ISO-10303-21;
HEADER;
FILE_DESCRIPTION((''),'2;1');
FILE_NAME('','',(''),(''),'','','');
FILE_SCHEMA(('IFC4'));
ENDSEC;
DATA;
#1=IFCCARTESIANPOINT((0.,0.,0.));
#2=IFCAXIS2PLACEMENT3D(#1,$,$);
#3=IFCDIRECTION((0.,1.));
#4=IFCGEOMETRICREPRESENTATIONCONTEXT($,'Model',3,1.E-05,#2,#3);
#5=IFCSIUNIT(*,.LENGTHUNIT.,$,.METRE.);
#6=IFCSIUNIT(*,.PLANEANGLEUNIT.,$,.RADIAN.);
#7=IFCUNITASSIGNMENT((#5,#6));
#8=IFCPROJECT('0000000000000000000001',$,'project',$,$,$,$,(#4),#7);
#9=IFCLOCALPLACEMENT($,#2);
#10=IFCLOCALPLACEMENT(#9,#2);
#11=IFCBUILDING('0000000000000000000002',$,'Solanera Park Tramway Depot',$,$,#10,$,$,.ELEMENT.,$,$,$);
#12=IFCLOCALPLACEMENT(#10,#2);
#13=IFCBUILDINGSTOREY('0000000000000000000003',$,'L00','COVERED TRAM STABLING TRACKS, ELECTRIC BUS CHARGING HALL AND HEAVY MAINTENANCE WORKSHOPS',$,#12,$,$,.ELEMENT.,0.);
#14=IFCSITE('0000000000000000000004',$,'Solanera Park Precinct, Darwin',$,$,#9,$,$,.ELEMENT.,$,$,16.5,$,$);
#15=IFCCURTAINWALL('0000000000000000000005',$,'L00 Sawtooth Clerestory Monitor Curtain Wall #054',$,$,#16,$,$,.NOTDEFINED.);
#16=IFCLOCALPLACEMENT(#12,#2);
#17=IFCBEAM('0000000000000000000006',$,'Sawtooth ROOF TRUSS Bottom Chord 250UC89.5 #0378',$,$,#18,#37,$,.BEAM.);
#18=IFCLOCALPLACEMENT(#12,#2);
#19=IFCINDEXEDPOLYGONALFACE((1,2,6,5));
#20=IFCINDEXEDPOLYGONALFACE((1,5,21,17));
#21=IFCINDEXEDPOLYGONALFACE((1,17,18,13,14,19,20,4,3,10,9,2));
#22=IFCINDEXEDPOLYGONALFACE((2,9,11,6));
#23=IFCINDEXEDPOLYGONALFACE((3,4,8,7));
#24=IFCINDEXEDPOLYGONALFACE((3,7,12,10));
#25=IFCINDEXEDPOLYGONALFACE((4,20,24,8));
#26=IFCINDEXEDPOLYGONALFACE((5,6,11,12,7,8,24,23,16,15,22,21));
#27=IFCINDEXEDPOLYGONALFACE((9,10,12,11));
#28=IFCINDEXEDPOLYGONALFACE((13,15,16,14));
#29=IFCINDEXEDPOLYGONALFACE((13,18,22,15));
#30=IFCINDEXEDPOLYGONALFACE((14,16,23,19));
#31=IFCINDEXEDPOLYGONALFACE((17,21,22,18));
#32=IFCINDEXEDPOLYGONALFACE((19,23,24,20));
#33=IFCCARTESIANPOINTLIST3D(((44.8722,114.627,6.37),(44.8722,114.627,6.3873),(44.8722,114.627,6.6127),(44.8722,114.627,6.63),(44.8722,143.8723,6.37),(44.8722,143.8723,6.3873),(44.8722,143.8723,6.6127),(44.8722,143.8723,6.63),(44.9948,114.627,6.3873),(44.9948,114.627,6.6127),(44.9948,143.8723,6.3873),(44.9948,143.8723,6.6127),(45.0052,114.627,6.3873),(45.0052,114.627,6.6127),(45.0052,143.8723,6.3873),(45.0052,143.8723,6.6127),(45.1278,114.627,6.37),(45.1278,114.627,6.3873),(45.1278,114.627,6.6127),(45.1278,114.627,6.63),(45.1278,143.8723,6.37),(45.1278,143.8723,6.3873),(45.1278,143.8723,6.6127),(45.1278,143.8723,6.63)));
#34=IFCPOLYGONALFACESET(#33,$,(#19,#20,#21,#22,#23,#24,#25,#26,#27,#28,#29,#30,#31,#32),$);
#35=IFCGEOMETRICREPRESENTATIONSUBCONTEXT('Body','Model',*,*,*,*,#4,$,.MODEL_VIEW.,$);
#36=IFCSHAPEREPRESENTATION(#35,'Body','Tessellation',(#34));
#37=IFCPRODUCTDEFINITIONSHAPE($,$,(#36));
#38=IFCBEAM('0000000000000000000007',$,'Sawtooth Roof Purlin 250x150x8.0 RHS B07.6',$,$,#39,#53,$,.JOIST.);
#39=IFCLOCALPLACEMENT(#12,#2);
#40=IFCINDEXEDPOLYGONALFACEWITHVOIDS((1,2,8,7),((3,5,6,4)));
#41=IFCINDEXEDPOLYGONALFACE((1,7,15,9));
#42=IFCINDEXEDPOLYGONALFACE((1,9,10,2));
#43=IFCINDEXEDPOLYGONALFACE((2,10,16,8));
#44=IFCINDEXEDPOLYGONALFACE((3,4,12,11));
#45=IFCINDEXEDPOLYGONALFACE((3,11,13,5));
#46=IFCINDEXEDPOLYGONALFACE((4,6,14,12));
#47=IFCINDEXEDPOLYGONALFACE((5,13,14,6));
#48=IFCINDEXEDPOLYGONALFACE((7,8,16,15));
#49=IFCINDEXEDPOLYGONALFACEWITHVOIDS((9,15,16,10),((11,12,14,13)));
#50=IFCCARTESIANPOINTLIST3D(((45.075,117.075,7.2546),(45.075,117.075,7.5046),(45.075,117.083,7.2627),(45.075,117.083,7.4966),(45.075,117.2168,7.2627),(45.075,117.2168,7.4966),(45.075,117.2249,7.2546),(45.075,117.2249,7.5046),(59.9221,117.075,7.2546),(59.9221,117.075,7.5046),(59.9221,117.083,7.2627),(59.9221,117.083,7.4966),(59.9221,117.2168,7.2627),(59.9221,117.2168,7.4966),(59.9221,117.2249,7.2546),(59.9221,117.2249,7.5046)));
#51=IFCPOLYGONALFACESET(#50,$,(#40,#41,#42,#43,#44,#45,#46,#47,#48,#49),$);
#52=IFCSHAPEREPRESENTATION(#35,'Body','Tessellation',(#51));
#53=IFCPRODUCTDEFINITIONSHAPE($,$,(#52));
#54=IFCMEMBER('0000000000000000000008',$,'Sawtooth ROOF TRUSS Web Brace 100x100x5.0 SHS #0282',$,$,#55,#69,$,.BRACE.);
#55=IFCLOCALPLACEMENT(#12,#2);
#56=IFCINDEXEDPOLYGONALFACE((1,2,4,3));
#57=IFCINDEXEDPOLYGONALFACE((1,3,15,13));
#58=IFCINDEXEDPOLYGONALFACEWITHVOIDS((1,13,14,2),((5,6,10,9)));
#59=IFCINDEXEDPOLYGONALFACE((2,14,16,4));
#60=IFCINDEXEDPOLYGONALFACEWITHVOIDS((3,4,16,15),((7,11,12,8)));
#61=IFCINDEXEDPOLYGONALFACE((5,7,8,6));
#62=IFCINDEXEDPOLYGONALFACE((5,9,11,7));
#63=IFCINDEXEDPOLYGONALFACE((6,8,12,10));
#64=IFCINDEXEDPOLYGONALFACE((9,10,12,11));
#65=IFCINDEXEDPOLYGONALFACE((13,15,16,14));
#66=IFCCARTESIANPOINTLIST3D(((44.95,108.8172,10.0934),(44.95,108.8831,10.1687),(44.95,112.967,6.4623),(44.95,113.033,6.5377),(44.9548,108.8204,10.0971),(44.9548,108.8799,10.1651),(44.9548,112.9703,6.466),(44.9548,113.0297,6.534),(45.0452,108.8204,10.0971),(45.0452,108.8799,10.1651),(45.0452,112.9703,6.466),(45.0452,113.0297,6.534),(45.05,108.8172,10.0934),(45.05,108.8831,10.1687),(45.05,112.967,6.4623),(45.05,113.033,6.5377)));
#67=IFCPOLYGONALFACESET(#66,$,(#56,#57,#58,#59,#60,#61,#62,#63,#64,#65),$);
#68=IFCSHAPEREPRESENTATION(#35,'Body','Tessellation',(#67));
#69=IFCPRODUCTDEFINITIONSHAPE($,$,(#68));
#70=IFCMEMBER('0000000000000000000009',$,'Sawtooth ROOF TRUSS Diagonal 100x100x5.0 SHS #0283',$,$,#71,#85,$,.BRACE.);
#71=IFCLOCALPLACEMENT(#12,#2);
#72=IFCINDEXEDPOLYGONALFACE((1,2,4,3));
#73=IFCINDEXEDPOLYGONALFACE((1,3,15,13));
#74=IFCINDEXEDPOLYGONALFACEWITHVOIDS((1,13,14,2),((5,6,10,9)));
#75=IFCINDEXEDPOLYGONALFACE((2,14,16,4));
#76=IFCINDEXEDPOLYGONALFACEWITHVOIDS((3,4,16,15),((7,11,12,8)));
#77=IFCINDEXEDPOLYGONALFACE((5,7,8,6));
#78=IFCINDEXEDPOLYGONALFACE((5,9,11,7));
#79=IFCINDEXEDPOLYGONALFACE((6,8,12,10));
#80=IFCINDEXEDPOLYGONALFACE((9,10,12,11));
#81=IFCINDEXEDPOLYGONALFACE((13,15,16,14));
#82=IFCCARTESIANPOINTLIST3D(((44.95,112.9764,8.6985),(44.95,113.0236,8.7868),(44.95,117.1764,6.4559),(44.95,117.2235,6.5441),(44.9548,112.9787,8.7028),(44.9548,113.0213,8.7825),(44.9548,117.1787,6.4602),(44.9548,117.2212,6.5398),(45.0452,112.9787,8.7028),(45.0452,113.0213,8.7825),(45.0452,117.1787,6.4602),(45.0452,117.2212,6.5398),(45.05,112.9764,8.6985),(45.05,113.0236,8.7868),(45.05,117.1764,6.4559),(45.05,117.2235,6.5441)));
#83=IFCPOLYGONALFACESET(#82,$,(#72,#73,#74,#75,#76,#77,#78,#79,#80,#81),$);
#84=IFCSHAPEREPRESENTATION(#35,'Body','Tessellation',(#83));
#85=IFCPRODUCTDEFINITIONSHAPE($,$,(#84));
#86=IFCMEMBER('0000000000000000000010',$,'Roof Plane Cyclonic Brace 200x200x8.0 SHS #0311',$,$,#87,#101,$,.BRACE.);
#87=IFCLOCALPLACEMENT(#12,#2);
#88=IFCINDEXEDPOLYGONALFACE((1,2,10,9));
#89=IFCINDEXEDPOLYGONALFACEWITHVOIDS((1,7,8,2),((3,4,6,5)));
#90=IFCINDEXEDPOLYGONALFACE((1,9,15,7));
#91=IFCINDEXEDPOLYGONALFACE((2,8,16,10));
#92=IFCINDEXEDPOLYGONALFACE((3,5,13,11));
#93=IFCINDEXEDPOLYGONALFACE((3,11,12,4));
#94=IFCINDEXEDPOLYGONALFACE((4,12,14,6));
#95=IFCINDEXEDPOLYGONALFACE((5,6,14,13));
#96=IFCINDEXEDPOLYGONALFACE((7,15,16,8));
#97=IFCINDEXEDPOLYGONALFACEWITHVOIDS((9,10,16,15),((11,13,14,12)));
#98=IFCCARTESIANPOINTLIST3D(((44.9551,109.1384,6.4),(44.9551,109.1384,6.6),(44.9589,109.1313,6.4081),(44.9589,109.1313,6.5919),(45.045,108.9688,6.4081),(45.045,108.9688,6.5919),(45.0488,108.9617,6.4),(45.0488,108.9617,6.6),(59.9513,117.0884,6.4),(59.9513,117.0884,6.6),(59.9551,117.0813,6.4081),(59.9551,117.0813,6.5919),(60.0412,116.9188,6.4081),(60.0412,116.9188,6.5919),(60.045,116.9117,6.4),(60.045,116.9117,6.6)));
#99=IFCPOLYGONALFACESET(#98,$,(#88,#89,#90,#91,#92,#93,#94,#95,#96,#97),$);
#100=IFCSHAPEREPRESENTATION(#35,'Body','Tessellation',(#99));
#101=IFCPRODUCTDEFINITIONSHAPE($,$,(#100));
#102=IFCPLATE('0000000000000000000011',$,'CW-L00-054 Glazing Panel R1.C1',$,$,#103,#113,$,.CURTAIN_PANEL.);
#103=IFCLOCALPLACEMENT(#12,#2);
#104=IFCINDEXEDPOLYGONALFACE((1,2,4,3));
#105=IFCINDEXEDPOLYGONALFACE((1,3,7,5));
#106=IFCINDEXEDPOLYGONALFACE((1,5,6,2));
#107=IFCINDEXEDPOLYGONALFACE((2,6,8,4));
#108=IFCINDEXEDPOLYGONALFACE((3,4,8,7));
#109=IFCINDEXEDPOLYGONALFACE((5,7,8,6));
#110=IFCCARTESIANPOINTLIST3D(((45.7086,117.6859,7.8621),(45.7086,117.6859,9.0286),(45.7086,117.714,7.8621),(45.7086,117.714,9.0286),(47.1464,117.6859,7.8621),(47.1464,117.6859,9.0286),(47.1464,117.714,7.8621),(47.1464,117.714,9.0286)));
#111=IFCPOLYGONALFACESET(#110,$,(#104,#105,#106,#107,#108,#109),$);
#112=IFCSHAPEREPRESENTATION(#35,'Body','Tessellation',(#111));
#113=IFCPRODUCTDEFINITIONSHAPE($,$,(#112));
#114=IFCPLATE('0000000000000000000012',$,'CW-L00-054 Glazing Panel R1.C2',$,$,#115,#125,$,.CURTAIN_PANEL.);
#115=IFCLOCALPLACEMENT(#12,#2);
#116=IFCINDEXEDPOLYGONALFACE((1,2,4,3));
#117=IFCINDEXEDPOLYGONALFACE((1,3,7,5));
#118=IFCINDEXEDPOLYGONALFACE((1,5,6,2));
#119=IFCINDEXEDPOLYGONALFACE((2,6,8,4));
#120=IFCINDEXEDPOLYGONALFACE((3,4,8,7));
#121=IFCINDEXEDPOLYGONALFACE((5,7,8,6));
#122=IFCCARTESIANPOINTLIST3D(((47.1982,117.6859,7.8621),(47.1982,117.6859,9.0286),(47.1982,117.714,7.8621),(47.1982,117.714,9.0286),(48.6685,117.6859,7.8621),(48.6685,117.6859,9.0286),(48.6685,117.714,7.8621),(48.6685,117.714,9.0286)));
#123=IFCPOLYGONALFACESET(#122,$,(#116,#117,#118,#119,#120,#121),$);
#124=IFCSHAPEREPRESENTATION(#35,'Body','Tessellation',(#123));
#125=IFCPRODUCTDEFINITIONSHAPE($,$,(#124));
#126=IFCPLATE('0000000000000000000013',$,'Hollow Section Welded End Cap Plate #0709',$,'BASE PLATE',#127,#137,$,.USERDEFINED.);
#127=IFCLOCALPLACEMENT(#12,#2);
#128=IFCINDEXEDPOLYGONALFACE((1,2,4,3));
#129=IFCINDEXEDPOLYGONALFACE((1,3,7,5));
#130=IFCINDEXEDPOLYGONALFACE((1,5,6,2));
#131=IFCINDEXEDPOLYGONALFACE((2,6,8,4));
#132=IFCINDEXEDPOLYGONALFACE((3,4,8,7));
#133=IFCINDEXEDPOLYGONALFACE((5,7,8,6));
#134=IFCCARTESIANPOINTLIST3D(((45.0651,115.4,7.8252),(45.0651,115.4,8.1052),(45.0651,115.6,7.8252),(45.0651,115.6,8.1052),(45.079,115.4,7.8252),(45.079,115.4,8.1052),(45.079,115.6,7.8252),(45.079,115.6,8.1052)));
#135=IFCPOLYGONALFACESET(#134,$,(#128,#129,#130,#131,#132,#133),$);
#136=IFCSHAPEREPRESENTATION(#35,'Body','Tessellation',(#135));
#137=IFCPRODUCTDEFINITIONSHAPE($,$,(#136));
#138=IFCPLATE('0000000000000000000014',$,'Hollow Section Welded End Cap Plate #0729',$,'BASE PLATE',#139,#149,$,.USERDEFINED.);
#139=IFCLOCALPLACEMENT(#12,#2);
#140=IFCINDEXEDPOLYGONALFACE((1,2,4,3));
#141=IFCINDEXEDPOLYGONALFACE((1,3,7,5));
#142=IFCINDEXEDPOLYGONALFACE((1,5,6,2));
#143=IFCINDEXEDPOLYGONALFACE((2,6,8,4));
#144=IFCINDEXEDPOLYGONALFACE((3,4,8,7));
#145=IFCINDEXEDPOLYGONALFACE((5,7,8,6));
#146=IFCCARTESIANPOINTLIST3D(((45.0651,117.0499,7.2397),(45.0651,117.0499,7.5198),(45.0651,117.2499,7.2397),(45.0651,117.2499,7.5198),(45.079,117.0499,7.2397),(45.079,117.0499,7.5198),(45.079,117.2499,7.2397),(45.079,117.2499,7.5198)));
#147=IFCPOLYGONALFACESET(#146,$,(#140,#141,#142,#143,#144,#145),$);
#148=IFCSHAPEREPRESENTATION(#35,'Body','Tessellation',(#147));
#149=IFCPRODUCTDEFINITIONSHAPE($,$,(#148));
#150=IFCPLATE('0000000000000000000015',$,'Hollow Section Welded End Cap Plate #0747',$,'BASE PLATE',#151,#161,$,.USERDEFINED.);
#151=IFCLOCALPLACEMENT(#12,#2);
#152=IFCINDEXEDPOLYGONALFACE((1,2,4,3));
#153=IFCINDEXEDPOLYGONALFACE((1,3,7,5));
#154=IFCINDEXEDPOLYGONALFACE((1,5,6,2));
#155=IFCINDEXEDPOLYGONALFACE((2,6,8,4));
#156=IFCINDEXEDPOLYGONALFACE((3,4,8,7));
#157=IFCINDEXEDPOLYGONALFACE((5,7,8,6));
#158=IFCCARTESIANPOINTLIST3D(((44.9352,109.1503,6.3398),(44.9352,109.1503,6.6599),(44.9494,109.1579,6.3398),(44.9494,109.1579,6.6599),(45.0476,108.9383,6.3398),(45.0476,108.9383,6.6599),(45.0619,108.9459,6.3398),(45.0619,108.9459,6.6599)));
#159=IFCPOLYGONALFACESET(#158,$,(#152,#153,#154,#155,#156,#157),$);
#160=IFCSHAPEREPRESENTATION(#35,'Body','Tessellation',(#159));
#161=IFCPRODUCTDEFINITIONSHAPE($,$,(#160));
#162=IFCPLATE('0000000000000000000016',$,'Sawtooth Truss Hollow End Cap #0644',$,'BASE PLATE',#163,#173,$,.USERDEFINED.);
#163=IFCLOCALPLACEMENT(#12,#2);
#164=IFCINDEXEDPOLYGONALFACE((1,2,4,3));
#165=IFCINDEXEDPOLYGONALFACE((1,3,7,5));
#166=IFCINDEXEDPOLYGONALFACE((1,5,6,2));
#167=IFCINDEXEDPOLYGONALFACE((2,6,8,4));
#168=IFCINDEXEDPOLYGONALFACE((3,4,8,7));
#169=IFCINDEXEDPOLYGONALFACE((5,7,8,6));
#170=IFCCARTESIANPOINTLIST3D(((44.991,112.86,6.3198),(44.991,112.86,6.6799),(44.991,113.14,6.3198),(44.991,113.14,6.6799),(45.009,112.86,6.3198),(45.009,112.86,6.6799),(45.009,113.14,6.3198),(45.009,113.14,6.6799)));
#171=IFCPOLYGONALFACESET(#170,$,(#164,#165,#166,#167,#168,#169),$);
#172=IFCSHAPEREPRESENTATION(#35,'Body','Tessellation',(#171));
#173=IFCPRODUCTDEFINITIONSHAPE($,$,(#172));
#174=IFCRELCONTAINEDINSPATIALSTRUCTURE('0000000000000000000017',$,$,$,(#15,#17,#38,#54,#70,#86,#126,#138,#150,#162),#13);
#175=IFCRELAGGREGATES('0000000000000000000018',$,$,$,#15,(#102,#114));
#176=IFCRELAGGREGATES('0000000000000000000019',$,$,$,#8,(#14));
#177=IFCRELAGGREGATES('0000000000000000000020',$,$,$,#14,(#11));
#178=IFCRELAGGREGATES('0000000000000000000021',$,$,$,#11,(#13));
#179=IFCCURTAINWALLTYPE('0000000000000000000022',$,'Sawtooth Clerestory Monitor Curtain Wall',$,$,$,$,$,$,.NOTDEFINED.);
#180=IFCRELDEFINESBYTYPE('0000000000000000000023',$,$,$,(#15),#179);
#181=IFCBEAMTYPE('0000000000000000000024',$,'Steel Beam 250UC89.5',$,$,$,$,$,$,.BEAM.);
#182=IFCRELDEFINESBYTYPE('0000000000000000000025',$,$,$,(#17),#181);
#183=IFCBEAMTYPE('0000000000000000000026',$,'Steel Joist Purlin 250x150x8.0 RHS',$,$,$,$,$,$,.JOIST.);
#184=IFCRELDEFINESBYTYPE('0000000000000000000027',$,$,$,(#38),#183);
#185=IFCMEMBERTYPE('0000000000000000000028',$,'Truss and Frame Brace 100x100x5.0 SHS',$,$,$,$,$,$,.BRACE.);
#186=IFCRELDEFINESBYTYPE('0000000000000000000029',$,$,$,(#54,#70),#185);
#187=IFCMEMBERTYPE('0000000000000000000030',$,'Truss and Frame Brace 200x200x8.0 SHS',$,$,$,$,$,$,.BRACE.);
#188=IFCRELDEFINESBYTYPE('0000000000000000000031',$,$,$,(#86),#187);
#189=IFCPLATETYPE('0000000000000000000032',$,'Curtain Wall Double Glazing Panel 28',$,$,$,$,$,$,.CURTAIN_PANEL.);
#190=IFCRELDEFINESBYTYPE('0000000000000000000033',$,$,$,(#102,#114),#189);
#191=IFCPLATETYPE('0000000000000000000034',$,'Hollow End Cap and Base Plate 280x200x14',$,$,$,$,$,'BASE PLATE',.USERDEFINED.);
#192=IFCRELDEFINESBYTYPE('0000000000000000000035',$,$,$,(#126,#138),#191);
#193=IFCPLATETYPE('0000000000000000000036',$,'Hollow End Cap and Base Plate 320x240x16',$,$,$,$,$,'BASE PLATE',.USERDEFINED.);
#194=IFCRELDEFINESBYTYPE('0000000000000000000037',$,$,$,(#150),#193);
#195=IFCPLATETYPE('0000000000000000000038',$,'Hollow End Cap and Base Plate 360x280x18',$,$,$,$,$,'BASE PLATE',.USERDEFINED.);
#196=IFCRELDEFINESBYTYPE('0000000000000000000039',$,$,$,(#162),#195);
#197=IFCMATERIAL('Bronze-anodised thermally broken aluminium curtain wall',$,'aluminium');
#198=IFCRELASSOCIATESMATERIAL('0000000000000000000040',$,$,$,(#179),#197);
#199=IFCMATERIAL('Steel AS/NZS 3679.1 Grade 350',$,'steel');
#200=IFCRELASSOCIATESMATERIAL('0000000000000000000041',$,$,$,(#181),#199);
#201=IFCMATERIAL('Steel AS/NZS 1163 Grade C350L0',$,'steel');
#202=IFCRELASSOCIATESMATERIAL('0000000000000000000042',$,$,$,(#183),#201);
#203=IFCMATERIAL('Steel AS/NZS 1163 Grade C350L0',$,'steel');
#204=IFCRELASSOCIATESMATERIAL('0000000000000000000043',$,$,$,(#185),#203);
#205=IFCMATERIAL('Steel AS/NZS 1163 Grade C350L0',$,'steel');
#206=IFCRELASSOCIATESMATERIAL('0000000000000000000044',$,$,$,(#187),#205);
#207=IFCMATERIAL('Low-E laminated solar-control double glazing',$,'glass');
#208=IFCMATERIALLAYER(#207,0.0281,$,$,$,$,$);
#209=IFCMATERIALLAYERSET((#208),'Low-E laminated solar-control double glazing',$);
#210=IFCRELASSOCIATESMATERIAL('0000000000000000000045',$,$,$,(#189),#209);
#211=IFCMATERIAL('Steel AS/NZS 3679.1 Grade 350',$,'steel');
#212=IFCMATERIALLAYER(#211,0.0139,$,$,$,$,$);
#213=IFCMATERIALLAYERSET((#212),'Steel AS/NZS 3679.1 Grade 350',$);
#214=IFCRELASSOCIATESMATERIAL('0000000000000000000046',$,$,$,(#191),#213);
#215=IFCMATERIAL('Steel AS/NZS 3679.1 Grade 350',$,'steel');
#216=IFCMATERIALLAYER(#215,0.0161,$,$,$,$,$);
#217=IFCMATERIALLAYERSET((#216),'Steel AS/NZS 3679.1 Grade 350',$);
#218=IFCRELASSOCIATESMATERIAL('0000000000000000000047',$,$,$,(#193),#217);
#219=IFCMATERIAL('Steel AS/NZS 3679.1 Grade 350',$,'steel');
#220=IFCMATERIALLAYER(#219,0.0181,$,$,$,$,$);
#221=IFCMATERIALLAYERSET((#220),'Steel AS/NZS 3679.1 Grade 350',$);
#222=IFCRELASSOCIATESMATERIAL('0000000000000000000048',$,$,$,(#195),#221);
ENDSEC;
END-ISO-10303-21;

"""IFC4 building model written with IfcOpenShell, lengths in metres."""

from ifc_helpers import new_model, si_unit, direction, frame, origin, origin_2d, place, context, subcontext, project, spatial, rectangle, hollow_rectangle, i_section, extrude, material, layer, layer_set, material_profile, profile_set, type_object, element, aggregate, save


model = new_model("IFC4")

# Units and contexts
model_context = context("Model", 3, precision=1e-05, world=origin(), true_north=direction((0.0, 1.0)))
body_context = subcontext(model_context, "Body", "Model", "MODEL_VIEW")
ifc_project = project(units=[si_unit("LENGTHUNIT", "METRE"), si_unit("PLANEANGLEUNIT", "RADIAN")], contexts=[model_context])

# Site, building, storey
site_placement = place(None, origin())
site = spatial("IfcSite", under=ifc_project, at=site_placement, Name="Solanera Park Precinct, Darwin", CompositionType="ELEMENT", RefElevation=16.5)
building_placement = place(site_placement, origin())
building = spatial("IfcBuilding", under=site, at=building_placement, Name="Solanera Park Tramway Depot", CompositionType="ELEMENT")
storey_placement = place(building_placement, origin())
storey = spatial("IfcBuildingStorey", under=building, at=storey_placement, Name="L00", Description="COVERED TRAM STABLING TRACKS, ELECTRIC BUS CHARGING HALL AND HEAVY MAINTENANCE WORKSHOPS", CompositionType="ELEMENT", Elevation=0.0)

# Curtain wall
ifc_material_1 = material(Name="Bronze-anodised thermally broken aluminium curtain wall", Category="aluminium")
curtain_wall_type = type_object("IfcCurtainWallType", Name="Sawtooth Clerestory Monitor Curtain Wall", PredefinedType="NOTDEFINED", material=ifc_material_1)
curtain_wall_placement = place(storey_placement, origin())
curtain_wall = element("IfcCurtainWall", 1, at=curtain_wall_placement, inside=storey, type_object=curtain_wall_type, Name="L00 Sawtooth Clerestory Monitor Curtain Wall #054", PredefinedType="NOTDEFINED")

# Beams
ifc_material_2 = material(Name="Steel AS/NZS 3679.1 Grade 350", Category="steel")
ifc_material_profile_1 = material_profile(ifc_material_2, i_section(OverallWidth=0.2556, OverallDepth=0.26, WebThickness=0.0105, FlangeThickness=0.0173, at=origin_2d()), Name="250UC89.5")
ifc_profile_set_1 = profile_set([ifc_material_profile_1], Name="Steel AS/NZS 3679.1 Grade 350")
beam_type_1 = type_object("IfcBeamType", Name="Steel Beam 250UC89.5", PredefinedType="BEAM", material=ifc_profile_set_1)
beam_1_placement = place(storey_placement, frame((45.0, 114.627, 6.5), z_axis=(0.0, 1.0, 0.0), x_axis=(-1.0, 0.0, 0.0)))
element("IfcBeam", 2, at=beam_1_placement, inside=storey, type_object=beam_type_1, Name="Sawtooth ROOF TRUSS Bottom Chord 250UC89.5 #0378", PredefinedType="BEAM", context=body_context, shape_type="SweptSolid", body=[
    extrude(i_section(OverallWidth=0.2556, OverallDepth=0.26, WebThickness=0.0105, FlangeThickness=0.0173, at=origin_2d()), origin(), (0.0, 0.0, 1.0), 29.2454),
])
ifc_material_3 = material(Name="Steel AS/NZS 1163 Grade C350L0", Category="steel")
ifc_material_profile_2 = material_profile(ifc_material_3, hollow_rectangle(XDim=0.1499, YDim=0.25, WallThickness=0.0081, at=origin_2d()), Name="250x150x8.0 RHS")
ifc_profile_set_2 = profile_set([ifc_material_profile_2], Name="Steel AS/NZS 1163 Grade C350L0")
beam_type_2 = type_object("IfcBeamType", Name="Steel Joist Purlin 250x150x8.0 RHS", PredefinedType="JOIST", material=ifc_profile_set_2)
beam_2_placement = place(storey_placement, frame((45.075, 117.1499, 7.3796), z_axis=(1.0, 0.0, 0.0), x_axis=(0.0, 1.0, 0.0)))
element("IfcBeam", 3, at=beam_2_placement, inside=storey, type_object=beam_type_2, Name="Sawtooth Roof Purlin 250x150x8.0 RHS B07.6", PredefinedType="JOIST", context=body_context, shape_type="SweptSolid", body=[
    extrude(hollow_rectangle(XDim=0.1499, YDim=0.25, WallThickness=0.0081, at=origin_2d()), origin(), (0.0, 0.0, 1.0), 14.8472),
])

# Members
ifc_material_4 = material(Name="Steel AS/NZS 1163 Grade C350L0", Category="steel")
ifc_material_profile_3 = material_profile(ifc_material_4, hollow_rectangle(XDim=0.1001, YDim=0.1001, WallThickness=0.0049, at=origin_2d()), Name="100x100x5.0 SHS")
ifc_profile_set_3 = profile_set([ifc_material_profile_3], Name="Steel AS/NZS 1163 Grade C350L0")
member_type_1 = type_object("IfcMemberType", Name="Truss and Frame Brace 100x100x5.0 SHS", PredefinedType="BRACE", material=ifc_profile_set_3)
member_1_placement = place(storey_placement, frame((45.0, 113.0, 6.5), z_axis=(0.0, -0.752582, 0.658498), x_axis=(1.0, 0.0, 0.0)))
element("IfcMember", 4, at=member_1_placement, inside=storey, type_object=member_type_1, Name="Sawtooth ROOF TRUSS Web Brace 100x100x5.0 SHS #0282", PredefinedType="BRACE", context=body_context, shape_type="SweptSolid", body=[
    extrude(hollow_rectangle(XDim=0.1001, YDim=0.1001, WallThickness=0.0049, at=origin_2d()), origin(), (0.0, 0.0, 1.0), 5.5142),
])
member_2_placement = place(storey_placement, frame((45.0, 117.2, 6.5), z_axis=(0.0, -0.882117, 0.47103), x_axis=(1.0, 0.0, 0.0)))
element("IfcMember", 5, at=member_2_placement, inside=storey, type_object=member_type_1, Name="Sawtooth ROOF TRUSS Diagonal 100x100x5.0 SHS #0283", PredefinedType="BRACE", context=body_context, shape_type="SweptSolid", body=[
    extrude(hollow_rectangle(XDim=0.1001, YDim=0.1001, WallThickness=0.0049, at=origin_2d()), origin(), (0.0, 0.0, 1.0), 4.7612),
])
ifc_material_5 = material(Name="Steel AS/NZS 1163 Grade C350L0", Category="steel")
ifc_material_profile_4 = material_profile(ifc_material_5, hollow_rectangle(XDim=0.2, YDim=0.2, WallThickness=0.0081, at=origin_2d()), Name="200x200x8.0 SHS")
ifc_profile_set_4 = profile_set([ifc_material_profile_4], Name="Steel AS/NZS 1163 Grade C350L0")
member_type_2 = type_object("IfcMemberType", Name="Truss and Frame Brace 200x200x8.0 SHS", PredefinedType="BRACE", material=ifc_profile_set_4)
member_3_placement = place(storey_placement, frame((45.002, 109.05, 6.5), z_axis=(0.883524, 0.468387, 0.0), x_axis=(-0.468387, 0.883524, 0.0)))
element("IfcMember", 6, at=member_3_placement, inside=storey, type_object=member_type_2, Name="Roof Plane Cyclonic Brace 200x200x8.0 SHS #0311", PredefinedType="BRACE", context=body_context, shape_type="SweptSolid", body=[
    extrude(hollow_rectangle(XDim=0.2, YDim=0.2, WallThickness=0.0081, at=origin_2d()), origin(), (0.0, 0.0, 1.0), 16.9731),
])

# Plates
ifc_material_6 = material(Name="Low-E laminated solar-control double glazing", Category="glass")
ifc_layer_1 = layer(ifc_material_6, 0.0281)
ifc_layer_set_1 = layer_set([ifc_layer_1], Name="Low-E laminated solar-control double glazing")
plate_type_1 = type_object("IfcPlateType", Name="Curtain Wall Double Glazing Panel 28", PredefinedType="CURTAIN_PANEL", material=ifc_layer_set_1)
plate_1_placement = place(storey_placement, frame((46.4275, 117.7, 7.8621), z_axis=(0.0, 0.0, 1.0), x_axis=(1.0, 0.0, 0.0)))
plate_1 = element("IfcPlate", 7, at=plate_1_placement, type_object=plate_type_1, Name="CW-L00-054 Glazing Panel R1.C1", PredefinedType="CURTAIN_PANEL", context=body_context, shape_type="SweptSolid", body=[
    extrude(rectangle(XDim=1.4377, YDim=0.0281, at=origin_2d()), origin(), (0.0, 0.0, 1.0), 1.1665),
])
plate_2_placement = place(storey_placement, frame((47.9333, 117.7, 7.8621), z_axis=(0.0, 0.0, 1.0), x_axis=(1.0, 0.0, 0.0)))
plate_2 = element("IfcPlate", 8, at=plate_2_placement, type_object=plate_type_1, Name="CW-L00-054 Glazing Panel R1.C2", PredefinedType="CURTAIN_PANEL", context=body_context, shape_type="SweptSolid", body=[
    extrude(rectangle(XDim=1.4702, YDim=0.0281, at=origin_2d()), origin(), (0.0, 0.0, 1.0), 1.1665),
])
aggregate(curtain_wall, [plate_1, plate_2])

# Plates
ifc_material_7 = material(Name="Steel AS/NZS 3679.1 Grade 350", Category="steel")
ifc_layer_2 = layer(ifc_material_7, 0.0139)
ifc_layer_set_2 = layer_set([ifc_layer_2], Name="Steel AS/NZS 3679.1 Grade 350")
plate_type_2 = type_object("IfcPlateType", Name="Hollow End Cap and Base Plate 280x200x14", ElementType="BASE PLATE", PredefinedType="USERDEFINED", material=ifc_layer_set_2)
for number, where, z_axis, x_axis, name in (
    (9, (45.072, 115.5, 7.8252), (0.0, 0.0, 1.0), (1.0, 0.0, 0.0), "Hollow Section Welded End Cap Plate #0709"),
    (10, (45.072, 117.1499, 7.2397), (0.0, 0.0, 1.0), (1.0, 0.0, 0.0), "Hollow Section Welded End Cap Plate #0729"),
):
    element("IfcPlate", number, at=place(storey_placement, frame(where, z_axis=z_axis, x_axis=x_axis)), inside=storey, type_object=plate_type_2, Name=name, ObjectType="BASE PLATE", PredefinedType="USERDEFINED", context=body_context, shape_type="SweptSolid", body=[
        extrude(rectangle(XDim=0.0139, YDim=0.2, at=origin_2d()), origin(), (0.0, 0.0, 1.0), 0.28),
    ])
ifc_material_8 = material(Name="Steel AS/NZS 3679.1 Grade 350", Category="steel")
ifc_layer_3 = layer(ifc_material_8, 0.0161)
ifc_layer_set_3 = layer_set([ifc_layer_3], Name="Steel AS/NZS 3679.1 Grade 350")
plate_type_3 = type_object("IfcPlateType", Name="Hollow End Cap and Base Plate 320x240x16", ElementType="BASE PLATE", PredefinedType="USERDEFINED", material=ifc_layer_set_3)
plate_3_placement = place(storey_placement, frame((44.9985, 109.0481, 6.3398), z_axis=(0.0, 0.0, 1.0), x_axis=(0.883521, 0.468392, 0.0)))
element("IfcPlate", 11, at=plate_3_placement, inside=storey, type_object=plate_type_3, Name="Hollow Section Welded End Cap Plate #0747", ObjectType="BASE PLATE", PredefinedType="USERDEFINED", context=body_context, shape_type="SweptSolid", body=[
    extrude(rectangle(XDim=0.0161, YDim=0.24, at=origin_2d()), origin(), (0.0, 0.0, 1.0), 0.3201),
])
ifc_material_9 = material(Name="Steel AS/NZS 3679.1 Grade 350", Category="steel")
ifc_layer_4 = layer(ifc_material_9, 0.0181)
ifc_layer_set_4 = layer_set([ifc_layer_4], Name="Steel AS/NZS 3679.1 Grade 350")
plate_type_4 = type_object("IfcPlateType", Name="Hollow End Cap and Base Plate 360x280x18", ElementType="BASE PLATE", PredefinedType="USERDEFINED", material=ifc_layer_set_4)
plate_4_placement = place(storey_placement, frame((45.0, 113.0, 6.3198), z_axis=(0.0, 0.0, 1.0), x_axis=(1.0, 0.0, 0.0)))
element("IfcPlate", 12, at=plate_4_placement, inside=storey, type_object=plate_type_4, Name="Sawtooth Truss Hollow End Cap #0644", ObjectType="BASE PLATE", PredefinedType="USERDEFINED", context=body_context, shape_type="SweptSolid", body=[
    extrude(rectangle(XDim=0.0181, YDim=0.28, at=origin_2d()), origin(), (0.0, 0.0, 1.0), 0.3601),
])

save(model, "model.ifc")
